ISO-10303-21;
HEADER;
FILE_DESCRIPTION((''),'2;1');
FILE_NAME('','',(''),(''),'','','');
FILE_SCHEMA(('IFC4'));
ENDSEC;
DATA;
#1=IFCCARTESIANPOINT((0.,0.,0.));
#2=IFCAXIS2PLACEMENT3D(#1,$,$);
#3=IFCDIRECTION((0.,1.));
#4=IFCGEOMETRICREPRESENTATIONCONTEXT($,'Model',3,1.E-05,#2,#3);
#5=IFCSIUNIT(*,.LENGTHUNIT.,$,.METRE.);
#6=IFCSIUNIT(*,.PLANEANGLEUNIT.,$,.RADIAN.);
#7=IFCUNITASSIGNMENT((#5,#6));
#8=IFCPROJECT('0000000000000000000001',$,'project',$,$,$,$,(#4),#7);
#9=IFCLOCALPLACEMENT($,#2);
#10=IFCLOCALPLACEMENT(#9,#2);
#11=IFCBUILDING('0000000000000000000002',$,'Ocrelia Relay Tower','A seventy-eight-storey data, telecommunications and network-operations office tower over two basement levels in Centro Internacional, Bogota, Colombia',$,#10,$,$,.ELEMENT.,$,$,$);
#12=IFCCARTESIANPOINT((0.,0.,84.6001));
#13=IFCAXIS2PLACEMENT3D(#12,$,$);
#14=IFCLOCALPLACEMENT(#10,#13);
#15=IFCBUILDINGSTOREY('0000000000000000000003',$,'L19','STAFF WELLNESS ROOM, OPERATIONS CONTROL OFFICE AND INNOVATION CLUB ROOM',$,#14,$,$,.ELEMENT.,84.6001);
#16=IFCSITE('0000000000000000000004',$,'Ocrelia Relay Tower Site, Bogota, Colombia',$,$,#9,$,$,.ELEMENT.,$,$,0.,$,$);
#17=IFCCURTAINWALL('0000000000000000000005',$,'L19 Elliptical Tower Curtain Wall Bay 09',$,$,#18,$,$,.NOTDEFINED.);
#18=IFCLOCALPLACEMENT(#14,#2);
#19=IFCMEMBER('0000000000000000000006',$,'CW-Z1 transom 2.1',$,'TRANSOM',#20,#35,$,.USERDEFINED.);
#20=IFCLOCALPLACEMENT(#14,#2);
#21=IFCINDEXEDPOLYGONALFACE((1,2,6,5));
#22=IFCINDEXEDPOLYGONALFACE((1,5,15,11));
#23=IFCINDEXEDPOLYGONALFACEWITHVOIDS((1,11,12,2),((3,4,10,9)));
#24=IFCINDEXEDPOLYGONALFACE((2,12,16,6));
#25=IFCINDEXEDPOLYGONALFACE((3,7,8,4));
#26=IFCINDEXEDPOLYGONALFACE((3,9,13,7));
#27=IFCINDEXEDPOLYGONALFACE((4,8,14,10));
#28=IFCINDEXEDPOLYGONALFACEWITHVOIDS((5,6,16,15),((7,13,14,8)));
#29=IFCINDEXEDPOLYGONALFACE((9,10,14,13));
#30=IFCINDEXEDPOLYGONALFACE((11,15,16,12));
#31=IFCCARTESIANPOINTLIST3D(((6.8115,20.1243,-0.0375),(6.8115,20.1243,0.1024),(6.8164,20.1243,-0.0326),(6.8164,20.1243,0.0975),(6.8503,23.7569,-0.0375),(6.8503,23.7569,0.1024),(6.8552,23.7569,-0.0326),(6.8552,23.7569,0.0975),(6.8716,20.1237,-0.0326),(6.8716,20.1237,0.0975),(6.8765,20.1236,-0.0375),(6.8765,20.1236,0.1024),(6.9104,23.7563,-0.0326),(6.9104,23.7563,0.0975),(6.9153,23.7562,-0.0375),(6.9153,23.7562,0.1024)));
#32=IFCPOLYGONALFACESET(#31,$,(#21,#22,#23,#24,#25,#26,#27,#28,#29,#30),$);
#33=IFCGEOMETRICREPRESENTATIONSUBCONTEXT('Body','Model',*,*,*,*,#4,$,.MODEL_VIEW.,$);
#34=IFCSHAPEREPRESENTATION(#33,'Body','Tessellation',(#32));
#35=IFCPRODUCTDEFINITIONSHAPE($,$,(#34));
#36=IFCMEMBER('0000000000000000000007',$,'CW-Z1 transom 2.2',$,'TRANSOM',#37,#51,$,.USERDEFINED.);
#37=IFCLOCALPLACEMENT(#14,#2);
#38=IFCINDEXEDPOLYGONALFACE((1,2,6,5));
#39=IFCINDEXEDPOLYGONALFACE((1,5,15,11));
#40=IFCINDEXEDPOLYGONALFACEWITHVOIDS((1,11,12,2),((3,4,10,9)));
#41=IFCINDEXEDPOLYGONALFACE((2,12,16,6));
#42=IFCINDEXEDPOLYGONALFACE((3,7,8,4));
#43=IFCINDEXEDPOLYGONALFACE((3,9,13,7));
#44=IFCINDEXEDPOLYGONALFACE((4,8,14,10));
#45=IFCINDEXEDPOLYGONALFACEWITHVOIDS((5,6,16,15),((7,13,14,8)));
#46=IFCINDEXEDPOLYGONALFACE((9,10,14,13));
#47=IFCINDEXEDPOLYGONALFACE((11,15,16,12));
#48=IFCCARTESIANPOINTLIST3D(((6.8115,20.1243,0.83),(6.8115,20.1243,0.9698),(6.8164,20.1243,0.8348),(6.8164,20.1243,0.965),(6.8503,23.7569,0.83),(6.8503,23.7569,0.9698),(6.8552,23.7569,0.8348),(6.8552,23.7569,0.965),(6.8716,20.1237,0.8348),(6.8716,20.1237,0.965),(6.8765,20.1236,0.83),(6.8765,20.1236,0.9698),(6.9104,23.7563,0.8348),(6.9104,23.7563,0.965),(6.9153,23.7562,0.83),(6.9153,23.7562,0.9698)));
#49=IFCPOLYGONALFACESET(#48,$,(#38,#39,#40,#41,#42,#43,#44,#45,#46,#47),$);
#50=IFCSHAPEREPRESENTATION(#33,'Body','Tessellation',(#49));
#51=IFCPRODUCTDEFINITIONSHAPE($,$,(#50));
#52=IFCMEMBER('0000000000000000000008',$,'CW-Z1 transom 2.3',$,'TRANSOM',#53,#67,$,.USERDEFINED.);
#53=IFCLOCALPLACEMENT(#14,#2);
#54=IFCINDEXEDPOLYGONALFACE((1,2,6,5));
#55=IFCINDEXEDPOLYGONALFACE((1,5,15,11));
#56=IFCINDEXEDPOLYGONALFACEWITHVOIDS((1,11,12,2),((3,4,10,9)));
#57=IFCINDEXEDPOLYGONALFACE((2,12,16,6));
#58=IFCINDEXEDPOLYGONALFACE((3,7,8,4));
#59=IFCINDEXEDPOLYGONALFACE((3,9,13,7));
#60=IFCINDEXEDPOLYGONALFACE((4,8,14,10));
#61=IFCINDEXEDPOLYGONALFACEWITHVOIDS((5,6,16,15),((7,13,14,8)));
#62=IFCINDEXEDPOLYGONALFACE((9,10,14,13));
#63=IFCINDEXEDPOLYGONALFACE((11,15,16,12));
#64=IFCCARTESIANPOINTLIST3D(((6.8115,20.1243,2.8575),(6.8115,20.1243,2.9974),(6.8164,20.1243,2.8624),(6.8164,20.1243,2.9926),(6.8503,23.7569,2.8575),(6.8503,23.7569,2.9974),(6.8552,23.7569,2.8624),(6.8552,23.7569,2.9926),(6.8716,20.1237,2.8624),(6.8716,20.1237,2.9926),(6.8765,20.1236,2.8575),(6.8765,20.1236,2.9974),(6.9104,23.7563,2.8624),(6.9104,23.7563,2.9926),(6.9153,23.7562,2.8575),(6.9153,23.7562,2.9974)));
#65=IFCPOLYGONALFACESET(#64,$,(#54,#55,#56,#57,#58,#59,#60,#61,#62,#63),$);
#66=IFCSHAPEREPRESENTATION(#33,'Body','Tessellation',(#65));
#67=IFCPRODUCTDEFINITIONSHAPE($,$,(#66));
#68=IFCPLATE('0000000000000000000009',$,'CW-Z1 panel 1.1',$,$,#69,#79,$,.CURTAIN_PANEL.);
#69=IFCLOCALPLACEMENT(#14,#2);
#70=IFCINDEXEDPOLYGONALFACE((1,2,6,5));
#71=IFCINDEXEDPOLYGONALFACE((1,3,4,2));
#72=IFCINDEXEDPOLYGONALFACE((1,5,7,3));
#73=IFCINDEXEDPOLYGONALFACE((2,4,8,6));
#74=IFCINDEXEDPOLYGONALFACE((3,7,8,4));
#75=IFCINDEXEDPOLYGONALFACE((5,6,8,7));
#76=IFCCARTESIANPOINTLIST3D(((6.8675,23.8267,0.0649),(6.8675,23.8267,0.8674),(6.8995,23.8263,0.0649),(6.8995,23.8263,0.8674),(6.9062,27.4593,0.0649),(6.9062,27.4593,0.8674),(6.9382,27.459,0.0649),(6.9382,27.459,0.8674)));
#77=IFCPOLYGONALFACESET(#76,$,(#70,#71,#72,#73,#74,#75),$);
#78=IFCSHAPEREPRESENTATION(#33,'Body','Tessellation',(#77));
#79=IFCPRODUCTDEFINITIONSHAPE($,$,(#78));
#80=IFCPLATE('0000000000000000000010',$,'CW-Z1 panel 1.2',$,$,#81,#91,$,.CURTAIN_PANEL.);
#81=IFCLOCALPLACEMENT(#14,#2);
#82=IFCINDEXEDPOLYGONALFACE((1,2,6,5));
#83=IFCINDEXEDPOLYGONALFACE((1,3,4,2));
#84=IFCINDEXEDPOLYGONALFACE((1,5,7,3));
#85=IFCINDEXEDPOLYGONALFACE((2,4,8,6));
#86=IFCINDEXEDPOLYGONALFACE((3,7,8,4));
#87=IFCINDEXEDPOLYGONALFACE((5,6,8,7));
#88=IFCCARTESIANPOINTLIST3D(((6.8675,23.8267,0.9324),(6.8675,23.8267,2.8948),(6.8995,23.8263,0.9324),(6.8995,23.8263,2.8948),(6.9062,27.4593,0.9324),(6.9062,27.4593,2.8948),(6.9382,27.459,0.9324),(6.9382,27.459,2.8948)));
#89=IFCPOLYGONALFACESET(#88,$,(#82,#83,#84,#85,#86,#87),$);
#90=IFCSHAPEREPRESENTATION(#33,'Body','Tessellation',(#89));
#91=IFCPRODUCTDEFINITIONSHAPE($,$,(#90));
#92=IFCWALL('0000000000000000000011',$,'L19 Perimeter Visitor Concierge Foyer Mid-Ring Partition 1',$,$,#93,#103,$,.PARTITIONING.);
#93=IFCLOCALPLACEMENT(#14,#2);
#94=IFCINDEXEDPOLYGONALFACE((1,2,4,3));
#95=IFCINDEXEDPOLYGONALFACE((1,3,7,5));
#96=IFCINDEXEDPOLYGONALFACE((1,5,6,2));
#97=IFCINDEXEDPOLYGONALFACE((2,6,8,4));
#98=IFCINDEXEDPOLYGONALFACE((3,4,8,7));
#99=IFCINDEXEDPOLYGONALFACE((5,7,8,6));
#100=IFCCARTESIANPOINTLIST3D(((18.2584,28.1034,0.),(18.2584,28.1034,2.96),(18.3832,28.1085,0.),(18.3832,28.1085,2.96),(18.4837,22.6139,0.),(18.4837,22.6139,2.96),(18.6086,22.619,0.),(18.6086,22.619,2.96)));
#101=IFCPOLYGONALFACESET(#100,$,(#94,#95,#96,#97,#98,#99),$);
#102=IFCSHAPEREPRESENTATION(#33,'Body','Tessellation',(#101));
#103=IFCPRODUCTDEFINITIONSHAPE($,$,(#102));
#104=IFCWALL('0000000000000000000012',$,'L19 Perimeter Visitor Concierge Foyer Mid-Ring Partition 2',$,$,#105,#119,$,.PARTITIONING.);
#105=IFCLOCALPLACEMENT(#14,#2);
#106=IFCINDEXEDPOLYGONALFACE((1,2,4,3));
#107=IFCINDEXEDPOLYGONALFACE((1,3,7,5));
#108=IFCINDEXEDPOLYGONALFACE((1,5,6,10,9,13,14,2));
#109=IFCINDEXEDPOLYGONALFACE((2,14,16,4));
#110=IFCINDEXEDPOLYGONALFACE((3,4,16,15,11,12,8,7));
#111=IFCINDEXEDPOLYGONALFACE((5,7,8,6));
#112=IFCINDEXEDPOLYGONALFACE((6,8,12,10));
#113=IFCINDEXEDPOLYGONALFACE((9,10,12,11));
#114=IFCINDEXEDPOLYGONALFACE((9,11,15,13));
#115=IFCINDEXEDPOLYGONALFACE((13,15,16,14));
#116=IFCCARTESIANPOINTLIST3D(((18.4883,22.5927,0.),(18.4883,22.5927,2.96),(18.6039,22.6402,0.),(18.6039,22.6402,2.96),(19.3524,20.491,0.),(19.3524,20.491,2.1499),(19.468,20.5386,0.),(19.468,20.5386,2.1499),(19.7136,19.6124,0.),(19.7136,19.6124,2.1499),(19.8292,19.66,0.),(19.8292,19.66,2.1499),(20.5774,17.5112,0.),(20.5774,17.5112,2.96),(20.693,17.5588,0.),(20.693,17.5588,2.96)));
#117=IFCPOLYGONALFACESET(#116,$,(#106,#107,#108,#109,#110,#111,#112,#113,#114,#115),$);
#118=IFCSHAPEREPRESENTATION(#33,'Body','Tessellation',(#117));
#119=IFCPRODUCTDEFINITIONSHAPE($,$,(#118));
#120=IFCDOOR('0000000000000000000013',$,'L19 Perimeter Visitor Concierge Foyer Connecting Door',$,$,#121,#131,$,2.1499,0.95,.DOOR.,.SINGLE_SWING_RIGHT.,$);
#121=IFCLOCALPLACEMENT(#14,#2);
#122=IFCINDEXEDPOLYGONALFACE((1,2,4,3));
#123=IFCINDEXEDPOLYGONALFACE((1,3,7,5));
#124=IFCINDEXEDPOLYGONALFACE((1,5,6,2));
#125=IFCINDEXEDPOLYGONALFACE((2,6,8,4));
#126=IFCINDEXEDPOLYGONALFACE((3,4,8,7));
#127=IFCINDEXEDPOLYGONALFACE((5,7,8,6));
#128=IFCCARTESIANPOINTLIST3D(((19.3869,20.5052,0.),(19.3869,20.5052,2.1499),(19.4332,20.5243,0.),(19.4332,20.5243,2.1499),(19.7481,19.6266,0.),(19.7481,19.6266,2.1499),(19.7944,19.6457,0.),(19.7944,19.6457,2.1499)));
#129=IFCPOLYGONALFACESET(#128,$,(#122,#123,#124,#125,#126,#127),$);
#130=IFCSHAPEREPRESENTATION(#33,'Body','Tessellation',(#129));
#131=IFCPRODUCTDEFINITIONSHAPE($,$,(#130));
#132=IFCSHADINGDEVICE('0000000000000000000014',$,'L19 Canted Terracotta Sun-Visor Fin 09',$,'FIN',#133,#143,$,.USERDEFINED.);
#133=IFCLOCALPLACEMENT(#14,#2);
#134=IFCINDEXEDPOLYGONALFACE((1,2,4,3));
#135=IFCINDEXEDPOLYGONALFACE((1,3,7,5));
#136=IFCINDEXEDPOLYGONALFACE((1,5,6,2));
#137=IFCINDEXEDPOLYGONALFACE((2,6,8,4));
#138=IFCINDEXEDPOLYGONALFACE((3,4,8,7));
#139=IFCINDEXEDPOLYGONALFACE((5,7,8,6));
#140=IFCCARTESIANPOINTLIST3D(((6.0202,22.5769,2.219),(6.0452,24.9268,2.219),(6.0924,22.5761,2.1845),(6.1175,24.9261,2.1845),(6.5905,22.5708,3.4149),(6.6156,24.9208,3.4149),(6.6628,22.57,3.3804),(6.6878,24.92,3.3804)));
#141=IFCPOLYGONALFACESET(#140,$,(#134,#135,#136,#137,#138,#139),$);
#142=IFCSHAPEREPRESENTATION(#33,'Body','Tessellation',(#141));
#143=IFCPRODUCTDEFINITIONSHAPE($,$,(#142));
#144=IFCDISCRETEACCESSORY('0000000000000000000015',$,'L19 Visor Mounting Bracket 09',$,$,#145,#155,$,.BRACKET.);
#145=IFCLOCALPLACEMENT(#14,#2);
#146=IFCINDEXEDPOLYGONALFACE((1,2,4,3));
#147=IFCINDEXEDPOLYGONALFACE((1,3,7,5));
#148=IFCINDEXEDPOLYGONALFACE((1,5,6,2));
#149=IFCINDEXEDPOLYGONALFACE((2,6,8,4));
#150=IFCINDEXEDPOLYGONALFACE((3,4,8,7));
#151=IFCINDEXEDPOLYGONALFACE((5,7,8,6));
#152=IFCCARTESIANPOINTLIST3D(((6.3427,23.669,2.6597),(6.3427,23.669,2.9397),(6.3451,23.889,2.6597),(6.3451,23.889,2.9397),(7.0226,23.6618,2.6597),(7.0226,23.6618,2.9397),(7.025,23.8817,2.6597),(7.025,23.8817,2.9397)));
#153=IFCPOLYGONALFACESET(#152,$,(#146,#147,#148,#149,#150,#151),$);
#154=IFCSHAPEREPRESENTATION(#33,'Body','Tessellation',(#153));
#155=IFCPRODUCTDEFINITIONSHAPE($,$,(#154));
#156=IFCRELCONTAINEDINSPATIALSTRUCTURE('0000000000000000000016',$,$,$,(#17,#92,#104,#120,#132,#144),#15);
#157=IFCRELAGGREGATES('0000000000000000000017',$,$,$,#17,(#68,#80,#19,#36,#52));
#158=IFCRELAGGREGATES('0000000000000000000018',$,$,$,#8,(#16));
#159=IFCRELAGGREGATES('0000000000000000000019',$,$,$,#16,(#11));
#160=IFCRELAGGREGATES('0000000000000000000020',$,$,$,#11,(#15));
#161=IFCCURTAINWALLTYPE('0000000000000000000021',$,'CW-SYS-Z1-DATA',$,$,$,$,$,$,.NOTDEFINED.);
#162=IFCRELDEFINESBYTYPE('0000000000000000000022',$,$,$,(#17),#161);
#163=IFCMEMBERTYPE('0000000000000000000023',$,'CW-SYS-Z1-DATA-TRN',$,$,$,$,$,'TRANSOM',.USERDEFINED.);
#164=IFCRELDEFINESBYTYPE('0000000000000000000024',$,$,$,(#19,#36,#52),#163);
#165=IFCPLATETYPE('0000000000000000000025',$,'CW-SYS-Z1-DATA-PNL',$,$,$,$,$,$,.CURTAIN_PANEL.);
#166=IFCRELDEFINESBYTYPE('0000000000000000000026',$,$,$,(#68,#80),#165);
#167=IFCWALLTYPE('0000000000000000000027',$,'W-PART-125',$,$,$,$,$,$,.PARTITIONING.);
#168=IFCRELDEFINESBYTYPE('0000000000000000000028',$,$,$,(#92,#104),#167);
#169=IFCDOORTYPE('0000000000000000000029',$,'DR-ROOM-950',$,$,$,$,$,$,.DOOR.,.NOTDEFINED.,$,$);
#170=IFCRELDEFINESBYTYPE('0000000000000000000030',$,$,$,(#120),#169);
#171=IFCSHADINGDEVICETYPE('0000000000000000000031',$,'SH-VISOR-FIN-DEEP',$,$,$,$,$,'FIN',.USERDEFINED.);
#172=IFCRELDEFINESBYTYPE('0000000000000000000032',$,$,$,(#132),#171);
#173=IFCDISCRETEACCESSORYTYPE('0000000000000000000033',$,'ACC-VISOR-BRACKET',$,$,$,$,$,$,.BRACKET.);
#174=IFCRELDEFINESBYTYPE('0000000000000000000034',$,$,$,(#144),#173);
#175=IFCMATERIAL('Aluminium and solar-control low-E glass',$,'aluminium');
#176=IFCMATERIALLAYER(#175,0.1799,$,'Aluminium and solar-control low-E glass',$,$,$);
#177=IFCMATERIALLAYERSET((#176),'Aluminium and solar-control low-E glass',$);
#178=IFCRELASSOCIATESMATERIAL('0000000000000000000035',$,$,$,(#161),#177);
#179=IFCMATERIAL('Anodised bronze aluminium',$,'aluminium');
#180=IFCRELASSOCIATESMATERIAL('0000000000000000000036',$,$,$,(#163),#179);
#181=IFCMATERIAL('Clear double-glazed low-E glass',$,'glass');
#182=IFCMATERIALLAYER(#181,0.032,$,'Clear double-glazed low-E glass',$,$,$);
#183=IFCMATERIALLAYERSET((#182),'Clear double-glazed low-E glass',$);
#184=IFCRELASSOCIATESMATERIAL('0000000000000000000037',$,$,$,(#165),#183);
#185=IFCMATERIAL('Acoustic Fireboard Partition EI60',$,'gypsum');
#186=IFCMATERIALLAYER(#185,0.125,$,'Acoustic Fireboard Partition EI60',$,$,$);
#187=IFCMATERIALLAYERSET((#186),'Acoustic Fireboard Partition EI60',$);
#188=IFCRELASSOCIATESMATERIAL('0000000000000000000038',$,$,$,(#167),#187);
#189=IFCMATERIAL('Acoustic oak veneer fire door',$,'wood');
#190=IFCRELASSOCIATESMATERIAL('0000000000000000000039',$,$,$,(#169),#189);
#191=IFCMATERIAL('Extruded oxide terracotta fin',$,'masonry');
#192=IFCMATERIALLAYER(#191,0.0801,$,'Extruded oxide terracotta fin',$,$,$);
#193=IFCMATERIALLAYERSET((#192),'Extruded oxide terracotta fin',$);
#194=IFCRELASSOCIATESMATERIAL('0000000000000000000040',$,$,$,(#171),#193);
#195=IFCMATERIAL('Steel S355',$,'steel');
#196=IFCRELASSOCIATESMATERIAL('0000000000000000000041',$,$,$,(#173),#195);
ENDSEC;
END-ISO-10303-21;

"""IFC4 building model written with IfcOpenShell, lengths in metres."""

from ifc_helpers import new_model, si_unit, direction, frame, frame_2d, origin, origin_2d, place, context, subcontext, project, spatial, rectangle, hollow_rectangle, extrude, material, layer, layer_set, material_profile, profile_set, type_object, element, fill, aggregate, save


model = new_model("IFC4")

# Units and contexts
model_context = context("Model", 3, precision=1e-05, world=origin(), true_north=direction((0.0, 1.0)))
body_context = subcontext(model_context, "Body", "Model", "MODEL_VIEW")
ifc_project = project(units=[si_unit("LENGTHUNIT", "METRE"), si_unit("PLANEANGLEUNIT", "RADIAN")], contexts=[model_context])

# Site, building, storey
site_placement = place(None, origin())
site = spatial("IfcSite", under=ifc_project, at=site_placement, Name="Ocrelia Relay Tower Site, Bogota, Colombia", CompositionType="ELEMENT", RefElevation=0.0)
building_placement = place(site_placement, origin())
building = spatial("IfcBuilding", under=site, at=building_placement, Name="Ocrelia Relay Tower", Description="A seventy-eight-storey data, telecommunications and network-operations office tower over two basement levels in Centro Internacional, Bogota, Colombia", CompositionType="ELEMENT")
storey_placement = place(building_placement, frame((0.0, 0.0, 84.6001)))
storey = spatial("IfcBuildingStorey", under=building, at=storey_placement, Name="L19", Description="STAFF WELLNESS ROOM, OPERATIONS CONTROL OFFICE AND INNOVATION CLUB ROOM", CompositionType="ELEMENT", Elevation=84.6001)

# Shared definitions
ifc_material_1 = material(Name="Steel S355", Category="steel")

# Curtain wall, members, plates
ifc_material_2 = material(Name="Aluminium and solar-control low-E glass", Category="aluminium")
ifc_layer_1 = layer(ifc_material_2, 0.1799, Name="Aluminium and solar-control low-E glass")
ifc_layer_set_1 = layer_set([ifc_layer_1], Name="Aluminium and solar-control low-E glass")
curtain_wall_type = type_object("IfcCurtainWallType", Name="CW-SYS-Z1-DATA", PredefinedType="NOTDEFINED", material=ifc_layer_set_1)
curtain_wall_placement = place(storey_placement, origin())
curtain_wall = element("IfcCurtainWall", 1, at=curtain_wall_placement, inside=storey, type_object=curtain_wall_type, Name="L19 Elliptical Tower Curtain Wall Bay 09", PredefinedType="NOTDEFINED")
ifc_material_3 = material(Name="Anodised bronze aluminium", Category="aluminium")
ifc_material_profile_1 = material_profile(ifc_material_3, hollow_rectangle(XDim=0.0649, YDim=0.1399, WallThickness=0.0049, at=origin_2d()), Name="CW-TRN-140x65")
ifc_profile_set_1 = profile_set([ifc_material_profile_1], Name="Anodised bronze aluminium")
member_type_1 = type_object("IfcMemberType", Name="CW-SYS-Z1-DATA-TRN", ElementType="TRANSOM", PredefinedType="USERDEFINED", material=ifc_profile_set_1)
member_1_placement = place(storey_placement, frame((6.8828, 23.7566, 0.0325), z_axis=(-0.010686, -0.999943, 0.0), x_axis=(0.999943, -0.010686, 0.0)))
member_1 = element("IfcMember", 2, at=member_1_placement, type_object=member_type_1, Name="CW-Z1 transom 2.1", ObjectType="TRANSOM", PredefinedType="USERDEFINED", context=body_context, shape_type="SweptSolid", body=[
    extrude(hollow_rectangle(XDim=0.0649, YDim=0.1399, WallThickness=0.0049, at=origin_2d()), origin(), (0.0, 0.0, 1.0), 3.6328),
])
member_2_placement = place(storey_placement, frame((6.8828, 23.7566, 0.8999), z_axis=(-0.010686, -0.999943, 0.0), x_axis=(0.999943, -0.010686, 0.0)))
member_2 = element("IfcMember", 3, at=member_2_placement, type_object=member_type_1, Name="CW-Z1 transom 2.2", ObjectType="TRANSOM", PredefinedType="USERDEFINED", context=body_context, shape_type="SweptSolid", body=[
    extrude(hollow_rectangle(XDim=0.0649, YDim=0.1399, WallThickness=0.0049, at=origin_2d()), origin(), (0.0, 0.0, 1.0), 3.6328),
])
member_3_placement = place(storey_placement, frame((6.8828, 23.7566, 2.9275), z_axis=(-0.010686, -0.999943, 0.0), x_axis=(0.999943, -0.010686, 0.0)))
member_3 = element("IfcMember", 4, at=member_3_placement, type_object=member_type_1, Name="CW-Z1 transom 2.3", ObjectType="TRANSOM", PredefinedType="USERDEFINED", context=body_context, shape_type="SweptSolid", body=[
    extrude(hollow_rectangle(XDim=0.0649, YDim=0.1399, WallThickness=0.0049, at=origin_2d()), origin(), (0.0, 0.0, 1.0), 3.6328),
])
ifc_material_4 = material(Name="Clear double-glazed low-E glass", Category="glass")
ifc_layer_2 = layer(ifc_material_4, 0.032, Name="Clear double-glazed low-E glass")
ifc_layer_set_2 = layer_set([ifc_layer_2], Name="Clear double-glazed low-E glass")
plate_type = type_object("IfcPlateType", Name="CW-SYS-Z1-DATA-PNL", PredefinedType="CURTAIN_PANEL", material=ifc_layer_set_2)
plate_1_placement = place(storey_placement, frame((6.9028, 25.6428, 0.0649), z_axis=(0.0, 0.0, 1.0), x_axis=(-0.010648, -0.999943, 0.0)))
plate_1 = element("IfcPlate", 5, at=plate_1_placement, type_object=plate_type, Name="CW-Z1 panel 1.1", PredefinedType="CURTAIN_PANEL", context=body_context, shape_type="SweptSolid", body=[
    extrude(rectangle(XDim=3.6328, YDim=0.032, at=origin_2d()), origin(), (0.0, 0.0, 1.0), 0.8025),
])
plate_2_placement = place(storey_placement, frame((6.9028, 25.6428, 0.9324), z_axis=(0.0, 0.0, 1.0), x_axis=(-0.010648, -0.999943, 0.0)))
plate_2 = element("IfcPlate", 6, at=plate_2_placement, type_object=plate_type, Name="CW-Z1 panel 1.2", PredefinedType="CURTAIN_PANEL", context=body_context, shape_type="SweptSolid", body=[
    extrude(rectangle(XDim=3.6328, YDim=0.032, at=origin_2d()), origin(), (0.0, 0.0, 1.0), 1.9624),
])
aggregate(curtain_wall, [plate_1, plate_2, member_1, member_2, member_3])

# Wall
ifc_material_5 = material(Name="Acoustic Fireboard Partition EI60", Category="gypsum")
ifc_layer_3 = layer(ifc_material_5, 0.125, Name="Acoustic Fireboard Partition EI60")
ifc_layer_set_3 = layer_set([ifc_layer_3], Name="Acoustic Fireboard Partition EI60")
wall_type = type_object("IfcWallType", Name="W-PART-125", PredefinedType="PARTITIONING", material=ifc_layer_set_3)
wall_1_placement = place(storey_placement, frame((18.3208, 28.106, 0.0), z_axis=(0.0, 0.0, 1.0), x_axis=(0.041015, -0.999159, 0.0)))
element("IfcWall", 7, at=wall_1_placement, inside=storey, type_object=wall_type, Name="L19 Perimeter Visitor Concierge Foyer Mid-Ring Partition 1", PredefinedType="PARTITIONING", context=body_context, shape_type="SweptSolid", body=[
    extrude(rectangle(XDim=5.4941, YDim=0.125, at=frame_2d((2.7471, 0.0))), origin(), (0.0, 0.0, 1.0), 2.96),
])

# Wall, opening, door
wall_2_placement = place(storey_placement, frame((18.5461, 22.6165, 0.0), z_axis=(0.0, 0.0, 1.0), x_axis=(0.380238, -0.924889, 0.0)))
wall_2 = element("IfcWall", 8, at=wall_2_placement, inside=storey, type_object=wall_type, Name="L19 Perimeter Visitor Concierge Foyer Mid-Ring Partition 2", PredefinedType="PARTITIONING", context=body_context, shape_type="SweptSolid", body=[
    extrude(rectangle(XDim=5.4941, YDim=0.125, at=frame_2d((2.7471, 0.0))), origin(), (0.0, 0.0, 1.0), 2.96),
])
opening_placement = place(wall_2_placement, frame((2.2722, 0.0, 0.0)))
opening = element("IfcOpeningElement", 9, at=opening_placement, cuts=wall_2, PredefinedType="OPENING", context=body_context, shape_type="SweptSolid", body=[
    extrude(rectangle(XDim=0.95, YDim=2.1499, at=frame_2d((0.4751, 1.075))), frame((0.0, 0.0725, 0.0), z_axis=(0.0, -1.0, 0.0), x_axis=(1.0, 0.0, 0.0)), (0.0, 0.0, 1.0), 0.145),
])
ifc_material_6 = material(Name="Acoustic oak veneer fire door", Category="wood")
door_type = type_object("IfcDoorType", Name="DR-ROOM-950", OperationType="NOTDEFINED", PredefinedType="DOOR", material=ifc_material_6)
door_placement = place(opening_placement, origin())
door = element("IfcDoor", 10, at=door_placement, inside=storey, type_object=door_type, Name="L19 Perimeter Visitor Concierge Foyer Connecting Door", OperationType="SINGLE_SWING_RIGHT", OverallHeight=2.1499, OverallWidth=0.95, PredefinedType="DOOR", context=body_context, shape_type="SweptSolid", body=[
    extrude(rectangle(XDim=0.95, YDim=2.1499, at=frame_2d((0.4751, 1.075))), frame((0.0, 0.0249, 0.0), z_axis=(0.0, -1.0, 0.0), x_axis=(1.0, 0.0, 0.0)), (0.0, 0.0, 1.0), 0.05),
])
fill(opening, door)

# Shading device
ifc_material_7 = material(Name="Extruded oxide terracotta fin", Category="masonry")
ifc_layer_4 = layer(ifc_material_7, 0.0801, Name="Extruded oxide terracotta fin")
ifc_layer_set_4 = layer_set([ifc_layer_4], Name="Extruded oxide terracotta fin")
shading_device_type = type_object("IfcShadingDeviceType", Name="SH-VISOR-FIN-DEEP", ElementType="FIN", PredefinedType="USERDEFINED", material=ifc_layer_set_4)
shading_device_placement = place(storey_placement, frame((6.3901, 23.748, 2.7825), z_axis=(-0.902534, 0.009611, 0.430511), x_axis=(-0.010648, -0.999943, 0.0)))
element("IfcShadingDevice", 11, at=shading_device_placement, inside=storey, type_object=shading_device_type, Name="L19 Canted Terracotta Sun-Visor Fin 09", ObjectType="FIN", PredefinedType="USERDEFINED", context=body_context, shape_type="SweptSolid", body=[
    extrude(rectangle(XDim=2.3501, YDim=1.325, at=origin_2d()), origin(), (0.0, 0.0, 1.0), 0.0801),
])

# Discrete accessory
discrete_accessory_type = type_object("IfcDiscreteAccessoryType", Name="ACC-VISOR-BRACKET", PredefinedType="BRACKET", material=ifc_material_1)
discrete_accessory_placement = place(storey_placement, frame((6.6838, 23.7754, 2.6597), z_axis=(0.0, 0.0, 1.0), x_axis=(-0.010648, -0.999943, 0.0)))
element("IfcDiscreteAccessory", 12, at=discrete_accessory_placement, inside=storey, type_object=discrete_accessory_type, Name="L19 Visor Mounting Bracket 09", PredefinedType="BRACKET", context=body_context, shape_type="SweptSolid", body=[
    extrude(rectangle(XDim=0.22, YDim=0.6799, at=origin_2d()), origin(), (0.0, 0.0, 1.0), 0.28),
])

save(model, "model.ifc")
